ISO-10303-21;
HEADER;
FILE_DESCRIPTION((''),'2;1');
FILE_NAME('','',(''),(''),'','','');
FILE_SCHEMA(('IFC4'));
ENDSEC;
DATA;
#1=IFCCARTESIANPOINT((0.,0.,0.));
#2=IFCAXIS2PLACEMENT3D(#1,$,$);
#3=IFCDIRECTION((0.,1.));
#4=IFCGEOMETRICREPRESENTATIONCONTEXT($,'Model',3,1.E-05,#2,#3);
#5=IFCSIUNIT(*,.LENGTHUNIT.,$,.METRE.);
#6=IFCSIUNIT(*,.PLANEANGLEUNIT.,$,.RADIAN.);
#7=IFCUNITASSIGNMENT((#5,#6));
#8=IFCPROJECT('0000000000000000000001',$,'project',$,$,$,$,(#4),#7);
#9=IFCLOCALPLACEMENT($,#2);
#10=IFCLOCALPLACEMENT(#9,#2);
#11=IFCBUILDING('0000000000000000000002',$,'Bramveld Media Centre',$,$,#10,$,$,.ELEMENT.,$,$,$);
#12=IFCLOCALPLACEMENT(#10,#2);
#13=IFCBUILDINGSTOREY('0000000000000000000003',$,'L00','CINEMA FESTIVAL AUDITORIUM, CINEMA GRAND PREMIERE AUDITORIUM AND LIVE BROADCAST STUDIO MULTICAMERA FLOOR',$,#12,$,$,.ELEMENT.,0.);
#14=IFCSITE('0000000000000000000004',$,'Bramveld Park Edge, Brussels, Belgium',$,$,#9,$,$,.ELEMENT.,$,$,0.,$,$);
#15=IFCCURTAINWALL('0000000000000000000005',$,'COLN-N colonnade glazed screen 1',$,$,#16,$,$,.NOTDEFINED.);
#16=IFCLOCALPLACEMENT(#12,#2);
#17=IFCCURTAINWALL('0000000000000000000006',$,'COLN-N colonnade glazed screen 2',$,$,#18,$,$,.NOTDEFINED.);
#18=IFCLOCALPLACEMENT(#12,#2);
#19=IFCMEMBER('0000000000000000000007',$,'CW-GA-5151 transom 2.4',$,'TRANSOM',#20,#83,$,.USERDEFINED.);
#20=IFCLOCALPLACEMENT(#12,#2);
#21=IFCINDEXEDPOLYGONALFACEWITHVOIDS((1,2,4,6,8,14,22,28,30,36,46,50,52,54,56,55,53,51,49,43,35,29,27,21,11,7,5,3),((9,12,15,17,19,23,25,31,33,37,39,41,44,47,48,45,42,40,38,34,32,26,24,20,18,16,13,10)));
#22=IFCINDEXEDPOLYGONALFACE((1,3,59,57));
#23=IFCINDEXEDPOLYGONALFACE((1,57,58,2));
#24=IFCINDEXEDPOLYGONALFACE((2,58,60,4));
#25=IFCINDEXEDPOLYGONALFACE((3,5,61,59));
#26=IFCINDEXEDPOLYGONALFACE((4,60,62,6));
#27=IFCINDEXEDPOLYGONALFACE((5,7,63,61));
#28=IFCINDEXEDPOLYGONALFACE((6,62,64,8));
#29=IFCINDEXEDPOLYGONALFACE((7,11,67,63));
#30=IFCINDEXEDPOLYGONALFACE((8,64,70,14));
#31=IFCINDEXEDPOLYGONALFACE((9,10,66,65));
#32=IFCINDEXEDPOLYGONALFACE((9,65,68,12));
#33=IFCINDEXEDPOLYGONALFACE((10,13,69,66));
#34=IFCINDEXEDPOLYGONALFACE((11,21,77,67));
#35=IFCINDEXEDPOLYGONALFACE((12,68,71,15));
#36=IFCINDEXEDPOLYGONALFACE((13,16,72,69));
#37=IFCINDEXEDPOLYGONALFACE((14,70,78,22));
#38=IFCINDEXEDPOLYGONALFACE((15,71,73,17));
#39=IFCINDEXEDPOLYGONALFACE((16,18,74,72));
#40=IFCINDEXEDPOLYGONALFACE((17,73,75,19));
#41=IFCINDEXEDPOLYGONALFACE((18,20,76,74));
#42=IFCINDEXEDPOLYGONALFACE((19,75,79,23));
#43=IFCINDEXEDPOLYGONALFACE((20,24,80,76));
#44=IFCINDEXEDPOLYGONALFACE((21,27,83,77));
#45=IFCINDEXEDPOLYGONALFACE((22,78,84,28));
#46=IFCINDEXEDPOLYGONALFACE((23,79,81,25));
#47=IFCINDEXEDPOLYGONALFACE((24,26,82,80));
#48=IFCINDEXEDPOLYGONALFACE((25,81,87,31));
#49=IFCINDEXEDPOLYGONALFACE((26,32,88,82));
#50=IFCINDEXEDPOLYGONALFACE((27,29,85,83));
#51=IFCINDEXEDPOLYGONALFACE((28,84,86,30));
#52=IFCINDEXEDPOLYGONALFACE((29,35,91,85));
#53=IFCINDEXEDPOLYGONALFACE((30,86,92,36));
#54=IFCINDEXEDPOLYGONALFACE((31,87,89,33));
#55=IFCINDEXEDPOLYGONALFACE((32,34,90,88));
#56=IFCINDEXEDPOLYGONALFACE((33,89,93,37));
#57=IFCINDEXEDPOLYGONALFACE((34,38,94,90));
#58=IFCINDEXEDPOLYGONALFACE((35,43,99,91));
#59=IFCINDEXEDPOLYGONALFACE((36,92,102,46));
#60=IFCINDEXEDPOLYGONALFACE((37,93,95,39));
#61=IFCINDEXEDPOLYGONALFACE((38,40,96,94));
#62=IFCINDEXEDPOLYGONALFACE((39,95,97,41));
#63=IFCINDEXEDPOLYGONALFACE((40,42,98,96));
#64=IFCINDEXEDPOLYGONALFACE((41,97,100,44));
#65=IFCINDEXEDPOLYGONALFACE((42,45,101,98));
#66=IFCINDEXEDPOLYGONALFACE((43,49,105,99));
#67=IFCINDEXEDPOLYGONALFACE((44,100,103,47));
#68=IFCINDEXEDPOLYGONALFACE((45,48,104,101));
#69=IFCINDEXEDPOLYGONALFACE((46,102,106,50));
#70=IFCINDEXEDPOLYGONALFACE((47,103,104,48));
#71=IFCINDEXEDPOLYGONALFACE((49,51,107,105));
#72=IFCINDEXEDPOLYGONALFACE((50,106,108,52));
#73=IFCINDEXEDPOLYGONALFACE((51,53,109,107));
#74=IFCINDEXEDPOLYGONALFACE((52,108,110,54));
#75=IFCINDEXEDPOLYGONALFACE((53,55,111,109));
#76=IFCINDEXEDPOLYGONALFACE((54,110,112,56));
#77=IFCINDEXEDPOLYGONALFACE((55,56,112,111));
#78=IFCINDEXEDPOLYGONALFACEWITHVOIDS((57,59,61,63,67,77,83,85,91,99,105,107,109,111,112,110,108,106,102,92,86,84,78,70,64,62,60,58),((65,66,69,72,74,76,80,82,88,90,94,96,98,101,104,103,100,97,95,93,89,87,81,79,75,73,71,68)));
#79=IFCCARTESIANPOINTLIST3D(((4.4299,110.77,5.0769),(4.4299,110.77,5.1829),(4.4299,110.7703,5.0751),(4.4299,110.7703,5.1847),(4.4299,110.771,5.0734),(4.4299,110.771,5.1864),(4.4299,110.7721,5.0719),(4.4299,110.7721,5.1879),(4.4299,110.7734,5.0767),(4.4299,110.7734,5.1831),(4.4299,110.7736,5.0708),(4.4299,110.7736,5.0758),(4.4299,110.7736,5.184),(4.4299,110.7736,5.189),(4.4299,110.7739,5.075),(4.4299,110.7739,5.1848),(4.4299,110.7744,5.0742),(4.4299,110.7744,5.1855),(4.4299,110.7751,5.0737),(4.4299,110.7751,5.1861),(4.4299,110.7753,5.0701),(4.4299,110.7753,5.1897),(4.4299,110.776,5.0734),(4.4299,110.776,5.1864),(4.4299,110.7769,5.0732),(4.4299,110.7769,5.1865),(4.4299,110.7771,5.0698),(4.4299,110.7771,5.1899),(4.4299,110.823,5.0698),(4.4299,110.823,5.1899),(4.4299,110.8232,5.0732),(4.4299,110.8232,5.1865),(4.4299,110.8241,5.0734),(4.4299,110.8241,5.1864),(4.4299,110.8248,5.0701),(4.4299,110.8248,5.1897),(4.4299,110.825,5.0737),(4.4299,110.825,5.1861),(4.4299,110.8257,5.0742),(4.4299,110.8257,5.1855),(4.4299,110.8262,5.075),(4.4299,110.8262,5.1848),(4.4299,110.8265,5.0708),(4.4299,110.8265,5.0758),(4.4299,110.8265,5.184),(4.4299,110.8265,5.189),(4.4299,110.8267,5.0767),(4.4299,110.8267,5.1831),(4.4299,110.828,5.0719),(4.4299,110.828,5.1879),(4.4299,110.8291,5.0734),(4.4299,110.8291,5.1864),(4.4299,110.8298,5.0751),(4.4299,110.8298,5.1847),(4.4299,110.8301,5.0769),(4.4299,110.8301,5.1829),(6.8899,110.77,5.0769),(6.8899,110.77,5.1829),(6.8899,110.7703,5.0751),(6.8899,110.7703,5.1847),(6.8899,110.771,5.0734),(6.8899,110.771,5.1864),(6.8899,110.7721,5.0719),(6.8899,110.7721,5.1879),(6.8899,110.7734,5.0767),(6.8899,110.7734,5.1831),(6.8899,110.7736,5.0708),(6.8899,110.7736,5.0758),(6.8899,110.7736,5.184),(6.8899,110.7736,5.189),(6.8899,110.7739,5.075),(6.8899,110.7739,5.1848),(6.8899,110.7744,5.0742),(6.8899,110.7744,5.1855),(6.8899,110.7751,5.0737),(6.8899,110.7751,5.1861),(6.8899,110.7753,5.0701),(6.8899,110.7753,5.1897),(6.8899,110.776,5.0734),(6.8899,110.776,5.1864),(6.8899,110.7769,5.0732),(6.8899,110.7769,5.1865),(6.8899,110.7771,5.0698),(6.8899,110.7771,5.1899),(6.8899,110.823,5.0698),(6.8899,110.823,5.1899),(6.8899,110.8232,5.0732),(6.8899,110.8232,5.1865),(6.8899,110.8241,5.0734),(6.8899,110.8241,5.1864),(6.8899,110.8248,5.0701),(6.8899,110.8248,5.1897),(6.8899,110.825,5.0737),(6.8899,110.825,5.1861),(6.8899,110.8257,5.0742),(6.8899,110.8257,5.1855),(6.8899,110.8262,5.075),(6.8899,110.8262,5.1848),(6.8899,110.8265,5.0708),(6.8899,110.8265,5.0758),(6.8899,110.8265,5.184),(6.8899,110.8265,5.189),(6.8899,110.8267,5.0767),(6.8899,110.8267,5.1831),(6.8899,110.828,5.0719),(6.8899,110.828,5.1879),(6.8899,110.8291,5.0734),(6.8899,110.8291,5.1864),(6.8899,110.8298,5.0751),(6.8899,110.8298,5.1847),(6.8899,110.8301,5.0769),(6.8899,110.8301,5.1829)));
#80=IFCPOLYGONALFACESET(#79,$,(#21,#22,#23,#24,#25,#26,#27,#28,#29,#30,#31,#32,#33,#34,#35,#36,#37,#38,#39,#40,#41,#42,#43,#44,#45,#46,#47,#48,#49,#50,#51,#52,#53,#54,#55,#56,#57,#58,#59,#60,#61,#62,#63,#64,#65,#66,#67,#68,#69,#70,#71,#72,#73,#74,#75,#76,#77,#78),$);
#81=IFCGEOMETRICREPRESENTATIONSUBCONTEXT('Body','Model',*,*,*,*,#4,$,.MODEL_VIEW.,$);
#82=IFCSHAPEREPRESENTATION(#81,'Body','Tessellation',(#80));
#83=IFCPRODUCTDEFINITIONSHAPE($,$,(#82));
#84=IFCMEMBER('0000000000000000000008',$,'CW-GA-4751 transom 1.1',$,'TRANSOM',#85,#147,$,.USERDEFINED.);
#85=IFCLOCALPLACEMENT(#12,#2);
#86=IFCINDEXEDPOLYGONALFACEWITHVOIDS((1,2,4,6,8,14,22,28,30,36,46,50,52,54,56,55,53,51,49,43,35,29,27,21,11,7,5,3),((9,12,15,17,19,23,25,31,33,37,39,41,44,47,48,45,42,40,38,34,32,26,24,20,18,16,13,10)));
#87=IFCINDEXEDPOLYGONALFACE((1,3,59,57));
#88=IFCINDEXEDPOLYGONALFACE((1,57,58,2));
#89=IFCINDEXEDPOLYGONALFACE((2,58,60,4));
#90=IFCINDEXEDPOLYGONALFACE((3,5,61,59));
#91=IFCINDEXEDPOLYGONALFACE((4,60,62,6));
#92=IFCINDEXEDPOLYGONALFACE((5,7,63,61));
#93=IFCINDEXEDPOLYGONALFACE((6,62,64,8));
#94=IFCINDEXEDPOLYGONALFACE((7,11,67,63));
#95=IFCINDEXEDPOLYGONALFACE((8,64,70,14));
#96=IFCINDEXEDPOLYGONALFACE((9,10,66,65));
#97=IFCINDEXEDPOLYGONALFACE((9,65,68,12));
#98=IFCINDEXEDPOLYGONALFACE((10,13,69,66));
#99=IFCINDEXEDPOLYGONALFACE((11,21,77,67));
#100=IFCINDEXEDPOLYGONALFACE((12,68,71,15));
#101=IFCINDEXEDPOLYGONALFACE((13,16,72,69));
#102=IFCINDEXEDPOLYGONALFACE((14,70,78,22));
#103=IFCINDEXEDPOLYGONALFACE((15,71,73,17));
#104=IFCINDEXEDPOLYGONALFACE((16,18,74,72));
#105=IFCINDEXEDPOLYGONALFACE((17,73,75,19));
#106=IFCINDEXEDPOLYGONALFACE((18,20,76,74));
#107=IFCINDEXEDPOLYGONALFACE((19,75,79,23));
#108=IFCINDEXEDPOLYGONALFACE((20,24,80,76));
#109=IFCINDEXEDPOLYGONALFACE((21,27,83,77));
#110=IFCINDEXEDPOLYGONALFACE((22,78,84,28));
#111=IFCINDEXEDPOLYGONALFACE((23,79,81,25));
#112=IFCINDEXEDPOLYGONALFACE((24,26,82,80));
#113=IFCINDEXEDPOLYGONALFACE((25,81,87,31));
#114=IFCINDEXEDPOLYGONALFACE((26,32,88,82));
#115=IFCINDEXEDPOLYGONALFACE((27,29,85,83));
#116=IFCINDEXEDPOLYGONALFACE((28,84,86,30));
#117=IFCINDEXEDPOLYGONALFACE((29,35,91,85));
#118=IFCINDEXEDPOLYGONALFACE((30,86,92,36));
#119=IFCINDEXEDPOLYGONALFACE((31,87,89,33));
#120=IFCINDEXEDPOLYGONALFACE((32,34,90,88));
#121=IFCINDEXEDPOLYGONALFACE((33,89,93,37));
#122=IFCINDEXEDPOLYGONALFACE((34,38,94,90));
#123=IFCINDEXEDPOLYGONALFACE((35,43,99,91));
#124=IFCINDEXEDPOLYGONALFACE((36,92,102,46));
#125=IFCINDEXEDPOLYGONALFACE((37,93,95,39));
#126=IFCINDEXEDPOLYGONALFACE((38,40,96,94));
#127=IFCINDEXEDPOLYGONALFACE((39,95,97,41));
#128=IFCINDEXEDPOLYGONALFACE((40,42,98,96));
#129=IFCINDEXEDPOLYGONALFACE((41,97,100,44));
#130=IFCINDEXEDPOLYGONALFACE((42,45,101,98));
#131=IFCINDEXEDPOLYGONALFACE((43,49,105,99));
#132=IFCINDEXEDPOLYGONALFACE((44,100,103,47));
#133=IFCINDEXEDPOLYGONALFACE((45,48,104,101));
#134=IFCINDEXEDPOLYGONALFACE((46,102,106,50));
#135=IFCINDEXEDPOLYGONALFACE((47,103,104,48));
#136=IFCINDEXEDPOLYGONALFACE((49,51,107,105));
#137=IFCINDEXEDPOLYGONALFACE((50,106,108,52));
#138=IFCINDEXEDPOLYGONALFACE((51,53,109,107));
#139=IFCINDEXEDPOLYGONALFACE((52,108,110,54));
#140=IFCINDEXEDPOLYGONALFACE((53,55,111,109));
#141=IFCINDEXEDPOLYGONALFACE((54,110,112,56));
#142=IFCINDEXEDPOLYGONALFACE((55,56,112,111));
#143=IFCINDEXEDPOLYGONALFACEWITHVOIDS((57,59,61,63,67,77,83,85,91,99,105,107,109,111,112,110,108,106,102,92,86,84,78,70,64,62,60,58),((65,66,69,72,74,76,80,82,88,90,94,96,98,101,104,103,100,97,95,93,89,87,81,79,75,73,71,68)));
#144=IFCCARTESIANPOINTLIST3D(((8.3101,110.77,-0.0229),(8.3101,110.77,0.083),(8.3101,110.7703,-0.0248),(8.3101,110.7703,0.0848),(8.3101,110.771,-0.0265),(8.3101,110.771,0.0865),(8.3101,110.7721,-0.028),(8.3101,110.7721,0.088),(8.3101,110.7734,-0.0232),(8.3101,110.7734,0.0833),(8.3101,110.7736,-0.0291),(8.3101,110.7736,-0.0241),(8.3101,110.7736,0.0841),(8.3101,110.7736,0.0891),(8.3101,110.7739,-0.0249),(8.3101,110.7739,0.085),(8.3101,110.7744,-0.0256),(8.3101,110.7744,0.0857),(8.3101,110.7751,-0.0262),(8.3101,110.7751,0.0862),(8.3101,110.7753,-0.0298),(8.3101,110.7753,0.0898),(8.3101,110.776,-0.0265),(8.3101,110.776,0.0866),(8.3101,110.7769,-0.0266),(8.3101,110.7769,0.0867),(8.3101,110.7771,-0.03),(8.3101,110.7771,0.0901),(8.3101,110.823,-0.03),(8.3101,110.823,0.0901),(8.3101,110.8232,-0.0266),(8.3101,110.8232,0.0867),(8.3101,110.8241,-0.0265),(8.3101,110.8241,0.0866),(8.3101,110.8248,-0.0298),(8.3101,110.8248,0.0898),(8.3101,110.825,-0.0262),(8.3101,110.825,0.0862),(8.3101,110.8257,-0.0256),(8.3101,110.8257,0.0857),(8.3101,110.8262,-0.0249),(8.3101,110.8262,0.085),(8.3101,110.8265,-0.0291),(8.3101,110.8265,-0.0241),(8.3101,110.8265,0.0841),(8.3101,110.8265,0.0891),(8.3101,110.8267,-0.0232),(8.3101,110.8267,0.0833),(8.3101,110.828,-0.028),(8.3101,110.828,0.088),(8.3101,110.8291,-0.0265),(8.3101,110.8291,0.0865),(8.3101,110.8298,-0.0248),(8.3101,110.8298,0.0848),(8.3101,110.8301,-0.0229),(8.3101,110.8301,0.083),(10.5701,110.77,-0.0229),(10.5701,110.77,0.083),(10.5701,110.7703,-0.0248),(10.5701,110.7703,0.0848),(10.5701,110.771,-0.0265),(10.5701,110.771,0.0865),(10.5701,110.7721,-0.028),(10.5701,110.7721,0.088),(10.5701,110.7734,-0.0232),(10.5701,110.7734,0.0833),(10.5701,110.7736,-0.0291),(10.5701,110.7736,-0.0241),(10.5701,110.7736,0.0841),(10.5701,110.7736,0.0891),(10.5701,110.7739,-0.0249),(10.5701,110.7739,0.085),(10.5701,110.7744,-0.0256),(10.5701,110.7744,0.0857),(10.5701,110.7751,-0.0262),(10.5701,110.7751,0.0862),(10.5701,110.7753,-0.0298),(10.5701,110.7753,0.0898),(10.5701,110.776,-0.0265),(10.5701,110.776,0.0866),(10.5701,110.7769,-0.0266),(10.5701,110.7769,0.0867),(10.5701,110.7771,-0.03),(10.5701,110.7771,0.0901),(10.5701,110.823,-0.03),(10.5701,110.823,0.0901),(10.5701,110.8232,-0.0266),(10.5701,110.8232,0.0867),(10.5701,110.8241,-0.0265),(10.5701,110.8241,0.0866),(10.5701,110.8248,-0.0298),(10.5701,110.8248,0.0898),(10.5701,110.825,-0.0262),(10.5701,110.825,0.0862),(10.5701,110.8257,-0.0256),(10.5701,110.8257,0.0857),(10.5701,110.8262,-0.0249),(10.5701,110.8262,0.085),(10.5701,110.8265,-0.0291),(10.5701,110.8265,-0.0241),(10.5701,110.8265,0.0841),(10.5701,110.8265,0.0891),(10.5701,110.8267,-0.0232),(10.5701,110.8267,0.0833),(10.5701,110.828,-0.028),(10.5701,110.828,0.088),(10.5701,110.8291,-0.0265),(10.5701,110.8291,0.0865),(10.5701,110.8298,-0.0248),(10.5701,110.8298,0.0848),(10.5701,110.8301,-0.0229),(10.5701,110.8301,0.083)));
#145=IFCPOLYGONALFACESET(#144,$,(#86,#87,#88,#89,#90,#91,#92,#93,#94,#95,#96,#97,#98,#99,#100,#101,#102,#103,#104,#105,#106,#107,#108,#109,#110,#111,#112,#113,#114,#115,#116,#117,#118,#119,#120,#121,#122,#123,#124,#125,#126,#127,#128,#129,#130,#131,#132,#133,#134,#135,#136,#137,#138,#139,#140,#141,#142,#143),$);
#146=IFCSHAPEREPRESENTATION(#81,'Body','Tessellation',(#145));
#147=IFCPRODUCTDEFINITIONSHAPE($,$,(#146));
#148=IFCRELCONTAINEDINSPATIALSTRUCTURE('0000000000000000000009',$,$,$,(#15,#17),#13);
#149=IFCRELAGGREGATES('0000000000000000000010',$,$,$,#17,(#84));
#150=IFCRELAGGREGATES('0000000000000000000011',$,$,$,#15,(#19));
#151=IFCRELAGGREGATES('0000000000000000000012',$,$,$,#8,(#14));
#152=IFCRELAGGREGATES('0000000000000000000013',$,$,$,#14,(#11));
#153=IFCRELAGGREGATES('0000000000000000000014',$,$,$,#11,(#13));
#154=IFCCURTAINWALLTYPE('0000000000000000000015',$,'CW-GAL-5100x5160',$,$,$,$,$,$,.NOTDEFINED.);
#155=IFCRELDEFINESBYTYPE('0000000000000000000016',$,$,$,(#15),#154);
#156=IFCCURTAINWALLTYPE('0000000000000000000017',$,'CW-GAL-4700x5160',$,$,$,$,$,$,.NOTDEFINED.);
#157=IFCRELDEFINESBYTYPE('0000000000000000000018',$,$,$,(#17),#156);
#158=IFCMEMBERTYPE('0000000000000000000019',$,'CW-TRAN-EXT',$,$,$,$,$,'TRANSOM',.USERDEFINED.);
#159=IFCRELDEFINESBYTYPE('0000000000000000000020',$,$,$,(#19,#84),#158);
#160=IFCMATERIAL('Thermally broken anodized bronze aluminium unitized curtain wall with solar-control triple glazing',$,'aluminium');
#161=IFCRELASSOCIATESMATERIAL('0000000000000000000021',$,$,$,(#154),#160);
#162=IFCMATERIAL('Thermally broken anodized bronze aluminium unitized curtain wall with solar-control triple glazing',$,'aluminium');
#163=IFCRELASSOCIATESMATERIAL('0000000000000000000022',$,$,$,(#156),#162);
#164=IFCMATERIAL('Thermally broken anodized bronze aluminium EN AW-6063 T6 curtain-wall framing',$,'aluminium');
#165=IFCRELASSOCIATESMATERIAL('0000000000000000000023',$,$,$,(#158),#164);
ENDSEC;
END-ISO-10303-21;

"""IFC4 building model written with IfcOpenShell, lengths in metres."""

from ifc_helpers import new_model, si_unit, direction, frame, origin, origin_2d, place, context, subcontext, project, spatial, hollow_rectangle, extrude, material, material_profile, profile_set, type_object, element, aggregate, save


model = new_model("IFC4")

# Units and contexts
model_context = context("Model", 3, precision=1e-05, world=origin(), true_north=direction((0.0, 1.0)))
body_context = subcontext(model_context, "Body", "Model", "MODEL_VIEW")
ifc_project = project(units=[si_unit("LENGTHUNIT", "METRE"), si_unit("PLANEANGLEUNIT", "RADIAN")], contexts=[model_context])

# Site, building, storey
site_placement = place(None, origin())
site = spatial("IfcSite", under=ifc_project, at=site_placement, Name="Bramveld Park Edge, Brussels, Belgium", CompositionType="ELEMENT", RefElevation=0.0)
building_placement = place(site_placement, origin())
building = spatial("IfcBuilding", under=site, at=building_placement, Name="Bramveld Media Centre", CompositionType="ELEMENT")
storey_placement = place(building_placement, origin())
storey = spatial("IfcBuildingStorey", under=building, at=storey_placement, Name="L00", Description="CINEMA FESTIVAL AUDITORIUM, CINEMA GRAND PREMIERE AUDITORIUM AND LIVE BROADCAST STUDIO MULTICAMERA FLOOR", CompositionType="ELEMENT", Elevation=0.0)

# Curtain walls
ifc_material_1 = material(Name="Thermally broken anodized bronze aluminium unitized curtain wall with solar-control triple glazing", Category="aluminium")
curtain_wall_type_1 = type_object("IfcCurtainWallType", Name="CW-GAL-5100x5160", PredefinedType="NOTDEFINED", material=ifc_material_1)
curtain_wall_1_placement = place(storey_placement, origin())
curtain_wall_1 = element("IfcCurtainWall", 1, at=curtain_wall_1_placement, inside=storey, type_object=curtain_wall_type_1, Name="COLN-N colonnade glazed screen 1", PredefinedType="NOTDEFINED")
ifc_material_2 = material(Name="Thermally broken anodized bronze aluminium unitized curtain wall with solar-control triple glazing", Category="aluminium")
curtain_wall_type_2 = type_object("IfcCurtainWallType", Name="CW-GAL-4700x5160", PredefinedType="NOTDEFINED", material=ifc_material_2)
curtain_wall_2_placement = place(storey_placement, origin())
curtain_wall_2 = element("IfcCurtainWall", 2, at=curtain_wall_2_placement, inside=storey, type_object=curtain_wall_type_2, Name="COLN-N colonnade glazed screen 2", PredefinedType="NOTDEFINED")

# Members
ifc_material_3 = material(Name="Thermally broken anodized bronze aluminium EN AW-6063 T6 curtain-wall framing", Category="aluminium")
ifc_material_profile_1 = material_profile(ifc_material_3, hollow_rectangle(XDim=0.0601, YDim=0.1201, WallThickness=0.0034, InnerFilletRadius=0.0034, OuterFilletRadius=0.0071, at=origin_2d()), Name="AL-TRAN 60x120")
ifc_profile_set_1 = profile_set([ifc_material_profile_1], Name="Thermally broken anodized bronze aluminium EN AW-6063 T6 curtain-wall framing")
member_type_1 = type_object("IfcMemberType", Name="CW-TRAN-EXT", ElementType="TRANSOM", PredefinedType="USERDEFINED", material=ifc_profile_set_1)
member_1_placement = place(storey_placement, frame((4.4299, 110.8, 5.1299), z_axis=(1.0, 0.0, 0.0), x_axis=(0.0, 1.0, 0.0)))
member_1 = element("IfcMember", 3, at=member_1_placement, type_object=member_type_1, Name="CW-GA-5151 transom 2.4", ObjectType="TRANSOM", PredefinedType="USERDEFINED", context=body_context, shape_type="SweptSolid", body=[
    extrude(hollow_rectangle(XDim=0.0601, YDim=0.1201, WallThickness=0.0034, InnerFilletRadius=0.0034, OuterFilletRadius=0.0071, at=origin_2d()), origin(), (0.0, 0.0, 1.0), 2.46),
])
member_2_placement = place(storey_placement, frame((8.3101, 110.8, 0.03), z_axis=(1.0, 0.0, 0.0), x_axis=(0.0, 1.0, 0.0)))
member_2 = element("IfcMember", 4, at=member_2_placement, type_object=member_type_1, Name="CW-GA-4751 transom 1.1", ObjectType="TRANSOM", PredefinedType="USERDEFINED", context=body_context, shape_type="SweptSolid", body=[
    extrude(hollow_rectangle(XDim=0.0601, YDim=0.1201, WallThickness=0.0034, InnerFilletRadius=0.0034, OuterFilletRadius=0.0071, at=origin_2d()), origin(), (0.0, 0.0, 1.0), 2.26),
])
aggregate(curtain_wall_2, [member_2])

aggregate(curtain_wall_1, [member_1])

save(model, "model.ifc")
